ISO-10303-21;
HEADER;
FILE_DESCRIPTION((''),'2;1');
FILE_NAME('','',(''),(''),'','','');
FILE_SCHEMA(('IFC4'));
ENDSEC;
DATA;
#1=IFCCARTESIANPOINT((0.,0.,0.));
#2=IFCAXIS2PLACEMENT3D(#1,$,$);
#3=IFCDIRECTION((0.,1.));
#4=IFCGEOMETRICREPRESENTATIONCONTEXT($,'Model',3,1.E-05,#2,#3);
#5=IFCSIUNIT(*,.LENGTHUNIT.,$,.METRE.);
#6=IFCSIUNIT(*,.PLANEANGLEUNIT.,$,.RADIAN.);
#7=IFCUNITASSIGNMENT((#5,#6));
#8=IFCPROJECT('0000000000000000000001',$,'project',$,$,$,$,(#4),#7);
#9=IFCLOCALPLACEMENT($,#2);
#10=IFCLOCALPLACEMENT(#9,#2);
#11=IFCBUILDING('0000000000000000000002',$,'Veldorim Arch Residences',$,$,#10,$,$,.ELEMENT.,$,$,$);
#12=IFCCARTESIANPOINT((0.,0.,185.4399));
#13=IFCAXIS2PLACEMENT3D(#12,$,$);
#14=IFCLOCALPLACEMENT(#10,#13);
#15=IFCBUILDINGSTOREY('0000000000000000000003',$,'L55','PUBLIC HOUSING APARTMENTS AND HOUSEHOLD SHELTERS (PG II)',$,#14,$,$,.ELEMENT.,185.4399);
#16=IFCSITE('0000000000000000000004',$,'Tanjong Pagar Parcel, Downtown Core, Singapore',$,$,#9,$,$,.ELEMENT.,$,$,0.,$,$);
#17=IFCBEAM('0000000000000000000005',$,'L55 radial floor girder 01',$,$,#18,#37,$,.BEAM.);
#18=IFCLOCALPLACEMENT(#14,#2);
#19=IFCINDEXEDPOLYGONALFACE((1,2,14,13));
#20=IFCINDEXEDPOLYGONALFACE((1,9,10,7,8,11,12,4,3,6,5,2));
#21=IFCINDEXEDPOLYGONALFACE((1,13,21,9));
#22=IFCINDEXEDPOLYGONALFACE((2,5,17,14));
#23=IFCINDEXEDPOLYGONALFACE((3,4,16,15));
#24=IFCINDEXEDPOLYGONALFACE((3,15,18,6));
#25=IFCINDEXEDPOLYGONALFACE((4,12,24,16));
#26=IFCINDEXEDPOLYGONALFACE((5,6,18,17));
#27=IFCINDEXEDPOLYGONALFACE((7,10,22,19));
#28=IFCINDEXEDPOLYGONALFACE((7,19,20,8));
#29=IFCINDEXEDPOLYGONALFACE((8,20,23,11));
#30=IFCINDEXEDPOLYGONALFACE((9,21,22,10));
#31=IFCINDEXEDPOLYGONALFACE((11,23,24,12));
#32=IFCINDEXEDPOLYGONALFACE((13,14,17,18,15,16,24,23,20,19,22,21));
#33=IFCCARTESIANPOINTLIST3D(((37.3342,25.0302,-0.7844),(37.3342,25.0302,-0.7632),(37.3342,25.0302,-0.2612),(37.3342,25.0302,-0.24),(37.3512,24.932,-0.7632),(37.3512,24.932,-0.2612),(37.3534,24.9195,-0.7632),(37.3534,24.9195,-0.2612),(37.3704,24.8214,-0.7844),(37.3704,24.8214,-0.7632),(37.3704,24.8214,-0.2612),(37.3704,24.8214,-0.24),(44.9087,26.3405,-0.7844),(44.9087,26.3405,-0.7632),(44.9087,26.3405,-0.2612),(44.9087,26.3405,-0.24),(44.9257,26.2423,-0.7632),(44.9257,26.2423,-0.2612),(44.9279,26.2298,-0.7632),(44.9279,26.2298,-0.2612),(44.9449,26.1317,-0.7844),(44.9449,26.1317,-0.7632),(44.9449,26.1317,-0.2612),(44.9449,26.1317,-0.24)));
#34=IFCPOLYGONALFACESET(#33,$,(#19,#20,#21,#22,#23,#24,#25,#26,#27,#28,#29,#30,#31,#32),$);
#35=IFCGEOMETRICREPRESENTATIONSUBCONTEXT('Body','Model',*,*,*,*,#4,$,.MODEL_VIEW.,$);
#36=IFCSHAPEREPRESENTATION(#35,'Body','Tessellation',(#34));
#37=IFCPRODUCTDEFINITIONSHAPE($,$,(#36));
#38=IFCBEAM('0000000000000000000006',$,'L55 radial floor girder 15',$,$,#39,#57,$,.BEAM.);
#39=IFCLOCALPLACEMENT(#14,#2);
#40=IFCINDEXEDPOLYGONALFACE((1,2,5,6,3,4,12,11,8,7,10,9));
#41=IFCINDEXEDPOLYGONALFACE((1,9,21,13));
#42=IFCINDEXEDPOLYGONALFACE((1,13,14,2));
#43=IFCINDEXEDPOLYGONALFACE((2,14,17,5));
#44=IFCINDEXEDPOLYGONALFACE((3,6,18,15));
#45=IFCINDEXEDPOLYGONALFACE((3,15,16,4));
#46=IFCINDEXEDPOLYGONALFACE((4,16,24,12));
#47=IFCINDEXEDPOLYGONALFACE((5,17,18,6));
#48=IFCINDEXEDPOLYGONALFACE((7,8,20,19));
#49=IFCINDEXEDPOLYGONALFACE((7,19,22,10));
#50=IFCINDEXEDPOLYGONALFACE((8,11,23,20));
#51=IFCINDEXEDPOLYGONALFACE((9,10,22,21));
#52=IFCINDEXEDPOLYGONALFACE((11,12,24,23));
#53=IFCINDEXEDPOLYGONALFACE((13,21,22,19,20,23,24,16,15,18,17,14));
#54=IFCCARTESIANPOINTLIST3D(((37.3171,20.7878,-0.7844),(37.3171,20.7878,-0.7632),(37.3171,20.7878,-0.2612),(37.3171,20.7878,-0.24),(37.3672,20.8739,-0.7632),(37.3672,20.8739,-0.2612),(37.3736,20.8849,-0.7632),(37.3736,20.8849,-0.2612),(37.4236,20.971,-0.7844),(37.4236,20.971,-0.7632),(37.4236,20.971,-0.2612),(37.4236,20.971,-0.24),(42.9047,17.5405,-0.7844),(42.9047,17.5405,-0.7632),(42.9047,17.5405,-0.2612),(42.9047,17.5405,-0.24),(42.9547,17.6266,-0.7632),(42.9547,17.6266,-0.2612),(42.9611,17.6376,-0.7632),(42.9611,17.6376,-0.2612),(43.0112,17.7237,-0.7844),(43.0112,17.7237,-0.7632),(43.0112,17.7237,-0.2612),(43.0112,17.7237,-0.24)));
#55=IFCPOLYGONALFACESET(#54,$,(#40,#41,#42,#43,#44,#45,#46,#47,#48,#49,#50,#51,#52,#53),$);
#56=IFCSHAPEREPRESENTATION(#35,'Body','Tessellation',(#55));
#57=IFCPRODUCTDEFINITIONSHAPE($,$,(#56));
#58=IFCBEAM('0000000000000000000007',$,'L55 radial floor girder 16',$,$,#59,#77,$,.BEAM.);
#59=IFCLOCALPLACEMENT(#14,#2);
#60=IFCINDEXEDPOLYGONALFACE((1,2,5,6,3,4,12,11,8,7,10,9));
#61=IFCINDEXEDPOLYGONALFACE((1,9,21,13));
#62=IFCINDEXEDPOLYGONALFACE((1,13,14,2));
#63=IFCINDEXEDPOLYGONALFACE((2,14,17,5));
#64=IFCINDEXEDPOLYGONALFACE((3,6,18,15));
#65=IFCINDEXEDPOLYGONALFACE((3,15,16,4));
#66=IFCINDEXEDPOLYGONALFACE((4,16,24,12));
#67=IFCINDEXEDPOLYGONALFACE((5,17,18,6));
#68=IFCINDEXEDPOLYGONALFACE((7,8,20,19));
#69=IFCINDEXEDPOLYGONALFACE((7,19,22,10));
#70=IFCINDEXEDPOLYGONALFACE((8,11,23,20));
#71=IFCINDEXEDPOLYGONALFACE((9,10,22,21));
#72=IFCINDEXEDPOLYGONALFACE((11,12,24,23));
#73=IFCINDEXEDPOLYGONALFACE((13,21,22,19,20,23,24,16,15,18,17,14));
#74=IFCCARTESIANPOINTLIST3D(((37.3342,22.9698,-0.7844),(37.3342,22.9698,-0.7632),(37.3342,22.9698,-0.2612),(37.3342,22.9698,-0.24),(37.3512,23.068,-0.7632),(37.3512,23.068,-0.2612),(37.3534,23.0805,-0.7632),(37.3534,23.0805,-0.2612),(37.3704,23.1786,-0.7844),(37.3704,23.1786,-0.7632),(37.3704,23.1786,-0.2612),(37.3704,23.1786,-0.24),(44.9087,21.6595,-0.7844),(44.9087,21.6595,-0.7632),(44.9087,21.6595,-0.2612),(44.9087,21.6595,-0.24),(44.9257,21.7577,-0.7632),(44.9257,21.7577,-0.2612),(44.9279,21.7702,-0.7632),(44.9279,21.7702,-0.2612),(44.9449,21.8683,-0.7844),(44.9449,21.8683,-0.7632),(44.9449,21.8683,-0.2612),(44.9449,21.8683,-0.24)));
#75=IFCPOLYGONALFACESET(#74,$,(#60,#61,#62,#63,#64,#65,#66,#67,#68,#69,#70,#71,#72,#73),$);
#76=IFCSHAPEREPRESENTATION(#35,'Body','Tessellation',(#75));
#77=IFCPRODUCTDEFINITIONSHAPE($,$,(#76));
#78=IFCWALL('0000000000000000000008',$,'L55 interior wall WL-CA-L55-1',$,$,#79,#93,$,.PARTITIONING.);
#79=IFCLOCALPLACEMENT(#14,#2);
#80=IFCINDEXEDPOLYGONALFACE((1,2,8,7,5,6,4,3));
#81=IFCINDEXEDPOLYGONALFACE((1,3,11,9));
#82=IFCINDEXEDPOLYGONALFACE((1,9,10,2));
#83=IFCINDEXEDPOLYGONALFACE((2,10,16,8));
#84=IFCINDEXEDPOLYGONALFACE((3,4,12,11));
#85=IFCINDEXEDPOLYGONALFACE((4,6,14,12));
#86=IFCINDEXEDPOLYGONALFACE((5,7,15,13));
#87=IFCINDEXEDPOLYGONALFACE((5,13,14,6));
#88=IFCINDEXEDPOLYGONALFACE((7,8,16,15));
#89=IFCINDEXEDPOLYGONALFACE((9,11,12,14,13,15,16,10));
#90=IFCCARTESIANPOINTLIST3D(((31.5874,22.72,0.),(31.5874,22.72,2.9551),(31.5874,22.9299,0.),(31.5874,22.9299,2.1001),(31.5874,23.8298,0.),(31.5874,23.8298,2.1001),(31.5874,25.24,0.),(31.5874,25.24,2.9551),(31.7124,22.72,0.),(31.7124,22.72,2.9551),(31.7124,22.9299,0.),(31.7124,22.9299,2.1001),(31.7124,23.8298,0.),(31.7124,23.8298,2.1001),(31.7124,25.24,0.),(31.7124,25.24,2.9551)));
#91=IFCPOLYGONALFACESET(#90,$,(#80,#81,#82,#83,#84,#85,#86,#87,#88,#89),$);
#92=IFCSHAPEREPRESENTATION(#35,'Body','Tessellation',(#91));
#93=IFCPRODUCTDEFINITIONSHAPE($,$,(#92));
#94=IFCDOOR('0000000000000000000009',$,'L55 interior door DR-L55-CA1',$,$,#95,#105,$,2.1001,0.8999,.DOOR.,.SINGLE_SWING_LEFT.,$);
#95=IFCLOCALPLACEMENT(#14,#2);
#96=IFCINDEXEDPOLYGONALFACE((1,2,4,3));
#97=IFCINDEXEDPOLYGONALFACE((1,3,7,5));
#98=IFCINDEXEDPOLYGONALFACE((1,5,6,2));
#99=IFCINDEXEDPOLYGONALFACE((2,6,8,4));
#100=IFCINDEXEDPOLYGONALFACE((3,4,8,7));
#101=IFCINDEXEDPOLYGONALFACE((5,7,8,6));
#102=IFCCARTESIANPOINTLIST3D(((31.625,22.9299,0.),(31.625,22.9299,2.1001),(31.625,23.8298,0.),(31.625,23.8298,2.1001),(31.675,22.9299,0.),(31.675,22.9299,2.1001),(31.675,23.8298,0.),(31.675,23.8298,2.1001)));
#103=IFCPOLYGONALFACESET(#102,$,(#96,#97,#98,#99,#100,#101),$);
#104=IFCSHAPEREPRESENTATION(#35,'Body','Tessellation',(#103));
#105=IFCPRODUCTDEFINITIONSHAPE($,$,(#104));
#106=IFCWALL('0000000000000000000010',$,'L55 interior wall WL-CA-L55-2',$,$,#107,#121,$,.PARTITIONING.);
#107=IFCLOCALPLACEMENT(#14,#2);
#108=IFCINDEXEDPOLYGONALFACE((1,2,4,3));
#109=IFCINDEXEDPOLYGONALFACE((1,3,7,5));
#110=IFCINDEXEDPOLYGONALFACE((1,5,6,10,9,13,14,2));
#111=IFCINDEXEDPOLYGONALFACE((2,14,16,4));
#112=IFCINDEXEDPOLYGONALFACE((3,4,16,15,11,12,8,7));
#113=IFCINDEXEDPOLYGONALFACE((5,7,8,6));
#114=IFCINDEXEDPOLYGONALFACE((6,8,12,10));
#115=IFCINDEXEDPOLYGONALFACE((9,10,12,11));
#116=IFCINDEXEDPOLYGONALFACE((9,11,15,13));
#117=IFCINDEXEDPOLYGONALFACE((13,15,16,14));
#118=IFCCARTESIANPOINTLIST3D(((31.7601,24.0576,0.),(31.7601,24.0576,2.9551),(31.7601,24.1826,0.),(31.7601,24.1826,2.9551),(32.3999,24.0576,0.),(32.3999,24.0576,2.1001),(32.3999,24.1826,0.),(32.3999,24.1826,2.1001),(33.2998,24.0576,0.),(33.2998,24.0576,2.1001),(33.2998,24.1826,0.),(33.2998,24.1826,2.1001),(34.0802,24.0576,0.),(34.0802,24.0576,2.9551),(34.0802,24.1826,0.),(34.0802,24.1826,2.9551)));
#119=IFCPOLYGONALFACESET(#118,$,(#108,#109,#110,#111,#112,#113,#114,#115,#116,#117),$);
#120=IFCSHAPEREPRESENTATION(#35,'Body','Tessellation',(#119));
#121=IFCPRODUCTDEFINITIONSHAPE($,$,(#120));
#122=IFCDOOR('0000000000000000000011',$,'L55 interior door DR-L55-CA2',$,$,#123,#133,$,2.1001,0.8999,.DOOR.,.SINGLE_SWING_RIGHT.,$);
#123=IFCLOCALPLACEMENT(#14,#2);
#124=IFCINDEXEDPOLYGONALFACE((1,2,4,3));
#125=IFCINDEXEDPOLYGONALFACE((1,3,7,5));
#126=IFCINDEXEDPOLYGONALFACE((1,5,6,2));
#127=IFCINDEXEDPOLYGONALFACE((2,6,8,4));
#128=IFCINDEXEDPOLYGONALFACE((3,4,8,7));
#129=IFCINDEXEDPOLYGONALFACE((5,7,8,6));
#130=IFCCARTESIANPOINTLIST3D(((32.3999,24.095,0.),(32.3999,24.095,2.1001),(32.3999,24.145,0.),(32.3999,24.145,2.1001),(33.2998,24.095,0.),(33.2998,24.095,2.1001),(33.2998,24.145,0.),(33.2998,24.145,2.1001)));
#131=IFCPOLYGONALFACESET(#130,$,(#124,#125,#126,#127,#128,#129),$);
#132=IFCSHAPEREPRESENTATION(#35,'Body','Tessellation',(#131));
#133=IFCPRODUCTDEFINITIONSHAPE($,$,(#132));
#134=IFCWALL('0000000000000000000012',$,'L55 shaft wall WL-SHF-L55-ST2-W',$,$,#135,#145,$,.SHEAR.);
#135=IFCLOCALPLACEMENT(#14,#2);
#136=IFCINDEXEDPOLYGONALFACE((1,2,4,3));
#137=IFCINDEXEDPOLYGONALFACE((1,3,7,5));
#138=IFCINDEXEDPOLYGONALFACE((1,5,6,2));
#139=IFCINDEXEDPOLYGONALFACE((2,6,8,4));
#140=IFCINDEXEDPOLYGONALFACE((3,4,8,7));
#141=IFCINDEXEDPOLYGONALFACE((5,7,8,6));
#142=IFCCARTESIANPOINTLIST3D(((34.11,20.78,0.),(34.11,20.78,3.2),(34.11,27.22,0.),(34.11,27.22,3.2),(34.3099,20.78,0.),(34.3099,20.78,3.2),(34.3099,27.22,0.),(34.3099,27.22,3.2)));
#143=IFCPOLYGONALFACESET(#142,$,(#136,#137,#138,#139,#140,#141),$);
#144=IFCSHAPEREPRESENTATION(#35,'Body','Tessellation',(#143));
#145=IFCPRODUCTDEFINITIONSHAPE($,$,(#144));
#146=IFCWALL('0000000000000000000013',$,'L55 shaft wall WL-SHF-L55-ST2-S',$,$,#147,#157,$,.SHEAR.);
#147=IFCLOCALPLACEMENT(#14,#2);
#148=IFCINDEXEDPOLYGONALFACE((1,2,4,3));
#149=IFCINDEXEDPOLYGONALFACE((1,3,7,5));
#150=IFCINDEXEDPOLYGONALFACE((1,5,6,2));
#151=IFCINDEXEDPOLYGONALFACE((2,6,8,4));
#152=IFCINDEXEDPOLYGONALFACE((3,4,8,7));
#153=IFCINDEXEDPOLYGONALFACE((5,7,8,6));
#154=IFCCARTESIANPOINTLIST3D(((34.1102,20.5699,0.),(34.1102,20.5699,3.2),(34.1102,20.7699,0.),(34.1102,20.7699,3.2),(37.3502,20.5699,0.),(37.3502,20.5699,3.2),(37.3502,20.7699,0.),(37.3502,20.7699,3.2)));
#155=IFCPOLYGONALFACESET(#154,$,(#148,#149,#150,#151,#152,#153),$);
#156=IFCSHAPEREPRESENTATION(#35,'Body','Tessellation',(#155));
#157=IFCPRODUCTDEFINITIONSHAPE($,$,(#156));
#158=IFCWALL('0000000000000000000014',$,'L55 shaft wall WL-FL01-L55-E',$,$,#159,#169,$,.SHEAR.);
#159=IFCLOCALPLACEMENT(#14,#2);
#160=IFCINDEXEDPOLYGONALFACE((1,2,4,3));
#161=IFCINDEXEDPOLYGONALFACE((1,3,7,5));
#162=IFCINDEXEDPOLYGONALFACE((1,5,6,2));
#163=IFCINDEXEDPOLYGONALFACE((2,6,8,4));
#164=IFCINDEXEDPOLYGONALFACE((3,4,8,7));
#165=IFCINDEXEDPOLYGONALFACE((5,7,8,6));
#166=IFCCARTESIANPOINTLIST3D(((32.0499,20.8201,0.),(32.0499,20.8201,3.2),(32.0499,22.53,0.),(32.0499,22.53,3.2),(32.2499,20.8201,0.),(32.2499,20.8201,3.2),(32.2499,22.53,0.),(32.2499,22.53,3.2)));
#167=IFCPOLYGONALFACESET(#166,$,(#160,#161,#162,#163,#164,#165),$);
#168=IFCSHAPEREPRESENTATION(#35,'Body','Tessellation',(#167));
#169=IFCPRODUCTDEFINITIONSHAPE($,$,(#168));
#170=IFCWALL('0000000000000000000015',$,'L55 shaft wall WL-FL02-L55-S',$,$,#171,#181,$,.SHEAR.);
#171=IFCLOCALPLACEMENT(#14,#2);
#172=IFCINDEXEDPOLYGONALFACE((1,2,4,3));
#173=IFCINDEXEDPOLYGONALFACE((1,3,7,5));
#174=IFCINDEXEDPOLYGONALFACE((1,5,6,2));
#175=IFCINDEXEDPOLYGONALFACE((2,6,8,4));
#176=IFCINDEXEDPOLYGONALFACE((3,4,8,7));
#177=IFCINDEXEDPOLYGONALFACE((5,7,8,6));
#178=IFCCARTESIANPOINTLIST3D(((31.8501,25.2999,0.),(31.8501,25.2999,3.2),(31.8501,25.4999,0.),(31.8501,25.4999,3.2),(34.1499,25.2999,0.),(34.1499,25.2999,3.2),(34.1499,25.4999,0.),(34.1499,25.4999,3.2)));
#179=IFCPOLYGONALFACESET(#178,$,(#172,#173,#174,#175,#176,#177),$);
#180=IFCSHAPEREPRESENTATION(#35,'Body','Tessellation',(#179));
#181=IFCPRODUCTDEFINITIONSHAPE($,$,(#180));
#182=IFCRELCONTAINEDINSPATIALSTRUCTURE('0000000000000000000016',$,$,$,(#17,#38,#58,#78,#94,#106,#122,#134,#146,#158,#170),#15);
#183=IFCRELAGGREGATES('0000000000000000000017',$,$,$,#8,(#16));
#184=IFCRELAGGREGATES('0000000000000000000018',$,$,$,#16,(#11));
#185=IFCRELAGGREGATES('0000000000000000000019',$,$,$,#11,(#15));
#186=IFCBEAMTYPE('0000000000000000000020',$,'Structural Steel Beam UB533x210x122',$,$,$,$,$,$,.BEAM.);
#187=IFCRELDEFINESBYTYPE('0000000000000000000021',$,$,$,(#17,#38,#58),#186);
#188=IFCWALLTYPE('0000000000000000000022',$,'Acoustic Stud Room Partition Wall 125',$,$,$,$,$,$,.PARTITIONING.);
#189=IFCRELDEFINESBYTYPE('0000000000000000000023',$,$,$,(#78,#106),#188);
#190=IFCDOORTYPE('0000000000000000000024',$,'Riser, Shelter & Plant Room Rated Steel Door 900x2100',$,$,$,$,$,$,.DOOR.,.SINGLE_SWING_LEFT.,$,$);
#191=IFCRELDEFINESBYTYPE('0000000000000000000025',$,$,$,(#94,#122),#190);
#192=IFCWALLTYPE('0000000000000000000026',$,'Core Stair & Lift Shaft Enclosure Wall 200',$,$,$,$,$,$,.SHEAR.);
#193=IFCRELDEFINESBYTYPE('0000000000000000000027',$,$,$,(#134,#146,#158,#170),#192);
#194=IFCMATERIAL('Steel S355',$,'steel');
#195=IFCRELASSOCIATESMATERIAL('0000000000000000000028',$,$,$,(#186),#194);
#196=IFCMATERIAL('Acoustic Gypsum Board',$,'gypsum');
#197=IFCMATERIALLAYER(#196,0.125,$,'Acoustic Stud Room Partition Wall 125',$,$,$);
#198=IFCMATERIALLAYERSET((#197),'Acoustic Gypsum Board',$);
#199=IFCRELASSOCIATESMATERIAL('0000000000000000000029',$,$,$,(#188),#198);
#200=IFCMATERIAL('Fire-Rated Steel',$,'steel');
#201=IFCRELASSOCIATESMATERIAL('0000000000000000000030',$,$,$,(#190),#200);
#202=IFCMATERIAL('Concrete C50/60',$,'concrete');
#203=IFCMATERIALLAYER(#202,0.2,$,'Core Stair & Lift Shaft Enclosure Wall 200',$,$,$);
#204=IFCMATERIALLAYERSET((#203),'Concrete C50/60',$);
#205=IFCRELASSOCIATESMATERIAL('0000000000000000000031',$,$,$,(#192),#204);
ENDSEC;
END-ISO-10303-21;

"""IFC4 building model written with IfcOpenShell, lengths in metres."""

from ifc_helpers import new_model, si_unit, direction, frame, frame_2d, origin, origin_2d, place, context, subcontext, project, spatial, rectangle, i_section, extrude, material, layer, layer_set, material_profile, profile_set, type_object, element, fill, save


model = new_model("IFC4")

# Units and contexts
model_context = context("Model", 3, precision=1e-05, world=origin(), true_north=direction((0.0, 1.0)))
body_context = subcontext(model_context, "Body", "Model", "MODEL_VIEW")
ifc_project = project(units=[si_unit("LENGTHUNIT", "METRE"), si_unit("PLANEANGLEUNIT", "RADIAN")], contexts=[model_context])

# Site, building, storey
site_placement = place(None, origin())
site = spatial("IfcSite", under=ifc_project, at=site_placement, Name="Tanjong Pagar Parcel, Downtown Core, Singapore", CompositionType="ELEMENT", RefElevation=0.0)
building_placement = place(site_placement, origin())
building = spatial("IfcBuilding", under=site, at=building_placement, Name="Veldorim Arch Residences", CompositionType="ELEMENT")
storey_placement = place(building_placement, frame((0.0, 0.0, 185.4399)))
storey = spatial("IfcBuildingStorey", under=building, at=storey_placement, Name="L55", Description="PUBLIC HOUSING APARTMENTS AND HOUSEHOLD SHELTERS (PG II)", CompositionType="ELEMENT", Elevation=185.4399)

# Beams
ifc_material_1 = material(Name="Steel S355", Category="steel")
ifc_material_profile = material_profile(ifc_material_1, i_section(OverallWidth=0.2119, OverallDepth=0.5444, WebThickness=0.0127, FlangeThickness=0.0212, at=origin_2d()), Name="UB533x210x122")
ifc_profile_set = profile_set([ifc_material_profile], Name="Steel S355")
beam_type = type_object("IfcBeamType", Name="Structural Steel Beam UB533x210x122", PredefinedType="BEAM", material=ifc_profile_set)
beam_1_placement = place(storey_placement, frame((37.3523, 24.9258, -0.5122), z_axis=(0.985365, 0.170458, 0.0), x_axis=(-0.170458, 0.985365, 0.0)))
element("IfcBeam", 1, at=beam_1_placement, inside=storey, type_object=beam_type, Name="L55 radial floor girder 01", PredefinedType="BEAM", context=body_context, shape_type="SweptSolid", body=[
    extrude(i_section(OverallWidth=0.2119, OverallDepth=0.5444, WebThickness=0.0127, FlangeThickness=0.0212, at=origin_2d()), origin(), (0.0, 0.0, 1.0), 7.687),
])
beam_2_placement = place(storey_placement, frame((37.3704, 20.8794, -0.5122), z_axis=(0.864596, -0.502468, 0.0), x_axis=(0.502468, 0.864596, 0.0)))
element("IfcBeam", 2, at=beam_2_placement, inside=storey, type_object=beam_type, Name="L55 radial floor girder 15", PredefinedType="BEAM", context=body_context, shape_type="SweptSolid", body=[
    extrude(i_section(OverallWidth=0.2119, OverallDepth=0.5444, WebThickness=0.0127, FlangeThickness=0.0212, at=origin_2d()), origin(), (0.0, 0.0, 1.0), 6.4626),
])
beam_3_placement = place(storey_placement, frame((37.3523, 23.0742, -0.5122), z_axis=(0.985365, -0.170458, 0.0), x_axis=(0.170458, 0.985365, 0.0)))
element("IfcBeam", 3, at=beam_3_placement, inside=storey, type_object=beam_type, Name="L55 radial floor girder 16", PredefinedType="BEAM", context=body_context, shape_type="SweptSolid", body=[
    extrude(i_section(OverallWidth=0.2119, OverallDepth=0.5444, WebThickness=0.0127, FlangeThickness=0.0212, at=origin_2d()), origin(), (0.0, 0.0, 1.0), 7.687),
])

# Walls, openings, doors
ifc_material_2 = material(Name="Acoustic Gypsum Board", Category="gypsum")
ifc_layer_1 = layer(ifc_material_2, 0.125, Name="Acoustic Stud Room Partition Wall 125")
ifc_layer_set_1 = layer_set([ifc_layer_1], Name="Acoustic Gypsum Board")
wall_type_1 = type_object("IfcWallType", Name="Acoustic Stud Room Partition Wall 125", PredefinedType="PARTITIONING", material=ifc_layer_set_1)
wall_1_placement = place(storey_placement, frame((31.6499, 22.72, 0.0), z_axis=(0.0, 0.0, 1.0), x_axis=(0.0, 1.0, 0.0)))
wall_1 = element("IfcWall", 4, at=wall_1_placement, inside=storey, type_object=wall_type_1, Name="L55 interior wall WL-CA-L55-1", PredefinedType="PARTITIONING", context=body_context, shape_type="SweptSolid", body=[
    extrude(rectangle(XDim=2.52, YDim=0.125, at=frame_2d((1.26, 0.0))), origin(), (0.0, 0.0, 1.0), 2.9551),
])
opening_1_placement = place(wall_1_placement, frame((0.21, 0.0, 0.0)))
opening_1 = element("IfcOpeningElement", 5, at=opening_1_placement, cuts=wall_1, PredefinedType="OPENING", context=body_context, shape_type="SweptSolid", body=[
    extrude(rectangle(XDim=0.8999, YDim=2.1001, at=frame_2d((0.45, 1.05))), frame((0.0, 0.0725, 0.0), z_axis=(0.0, -1.0, 0.0), x_axis=(1.0, 0.0, 0.0)), (0.0, 0.0, 1.0), 0.145),
])
ifc_material_3 = material(Name="Fire-Rated Steel", Category="steel")
door_type = type_object("IfcDoorType", Name="Riser, Shelter & Plant Room Rated Steel Door 900x2100", OperationType="SINGLE_SWING_LEFT", PredefinedType="DOOR", material=ifc_material_3)
door_1_placement = place(opening_1_placement, origin())
door_1 = element("IfcDoor", 6, at=door_1_placement, inside=storey, type_object=door_type, Name="L55 interior door DR-L55-CA1", OperationType="SINGLE_SWING_LEFT", OverallHeight=2.1001, OverallWidth=0.8999, PredefinedType="DOOR", context=body_context, shape_type="SweptSolid", body=[
    extrude(rectangle(XDim=0.8999, YDim=2.1001, at=frame_2d((0.45, 1.05))), frame((0.0, 0.0249, 0.0), z_axis=(0.0, -1.0, 0.0), x_axis=(1.0, 0.0, 0.0)), (0.0, 0.0, 1.0), 0.05),
])
fill(opening_1, door_1)
wall_2_placement = place(storey_placement, frame((31.76, 24.1201, 0.0), z_axis=(0.0, 0.0, 1.0), x_axis=(1.0, 0.0, 0.0)))
wall_2 = element("IfcWall", 7, at=wall_2_placement, inside=storey, type_object=wall_type_1, Name="L55 interior wall WL-CA-L55-2", PredefinedType="PARTITIONING", context=body_context, shape_type="SweptSolid", body=[
    extrude(rectangle(XDim=2.3201, YDim=0.125, at=frame_2d((1.1602, 0.0))), origin(), (0.0, 0.0, 1.0), 2.9551),
])
opening_2_placement = place(wall_2_placement, frame((0.6399, 0.0, 0.0)))
opening_2 = element("IfcOpeningElement", 8, at=opening_2_placement, cuts=wall_2, PredefinedType="OPENING", context=body_context, shape_type="SweptSolid", body=[
    extrude(rectangle(XDim=0.8999, YDim=2.1001, at=frame_2d((0.45, 1.05))), frame((0.0, 0.0725, 0.0), z_axis=(0.0, -1.0, 0.0), x_axis=(1.0, 0.0, 0.0)), (0.0, 0.0, 1.0), 0.145),
])
door_2_placement = place(opening_2_placement, origin())
door_2 = element("IfcDoor", 9, at=door_2_placement, inside=storey, type_object=door_type, Name="L55 interior door DR-L55-CA2", OperationType="SINGLE_SWING_RIGHT", OverallHeight=2.1001, OverallWidth=0.8999, PredefinedType="DOOR", context=body_context, shape_type="SweptSolid", body=[
    extrude(rectangle(XDim=0.8999, YDim=2.1001, at=frame_2d((0.45, 1.05))), frame((0.0, 0.0249, 0.0), z_axis=(0.0, -1.0, 0.0), x_axis=(1.0, 0.0, 0.0)), (0.0, 0.0, 1.0), 0.05),
])
fill(opening_2, door_2)

# Walls
ifc_material_4 = material(Name="Concrete C50/60", Category="concrete")
ifc_layer_2 = layer(ifc_material_4, 0.2, Name="Core Stair & Lift Shaft Enclosure Wall 200")
ifc_layer_set_2 = layer_set([ifc_layer_2], Name="Concrete C50/60")
wall_type_2 = type_object("IfcWallType", Name="Core Stair & Lift Shaft Enclosure Wall 200", PredefinedType="SHEAR", material=ifc_layer_set_2)
wall_3_placement = place(storey_placement, frame((34.21, 20.78, 0.0), z_axis=(0.0, 0.0, 1.0), x_axis=(0.0, 1.0, 0.0)))
element("IfcWall", 10, at=wall_3_placement, inside=storey, type_object=wall_type_2, Name="L55 shaft wall WL-SHF-L55-ST2-W", PredefinedType="SHEAR", context=body_context, shape_type="SweptSolid", body=[
    extrude(rectangle(XDim=6.4399, YDim=0.2, at=frame_2d((3.22, 0.0))), origin(), (0.0, 0.0, 1.0), 3.2),
])
wall_4_placement = place(storey_placement, frame((34.1101, 20.6699, 0.0), z_axis=(0.0, 0.0, 1.0), x_axis=(1.0, 0.0, 0.0)))
element("IfcWall", 11, at=wall_4_placement, inside=storey, type_object=wall_type_2, Name="L55 shaft wall WL-SHF-L55-ST2-S", PredefinedType="SHEAR", context=body_context, shape_type="SweptSolid", body=[
    extrude(rectangle(XDim=3.24, YDim=0.2, at=frame_2d((1.6201, 0.0))), origin(), (0.0, 0.0, 1.0), 3.2),
])
wall_5_placement = place(storey_placement, frame((32.1499, 20.8201, 0.0), z_axis=(0.0, 0.0, 1.0), x_axis=(0.0, 1.0, 0.0)))
element("IfcWall", 12, at=wall_5_placement, inside=storey, type_object=wall_type_2, Name="L55 shaft wall WL-FL01-L55-E", PredefinedType="SHEAR", context=body_context, shape_type="SweptSolid", body=[
    extrude(rectangle(XDim=1.71, YDim=0.2, at=frame_2d((0.855, 0.0))), origin(), (0.0, 0.0, 1.0), 3.2),
])
wall_6_placement = place(storey_placement, frame((31.8501, 25.3999, 0.0), z_axis=(0.0, 0.0, 1.0), x_axis=(1.0, 0.0, 0.0)))
element("IfcWall", 13, at=wall_6_placement, inside=storey, type_object=wall_type_2, Name="L55 shaft wall WL-FL02-L55-S", PredefinedType="SHEAR", context=body_context, shape_type="SweptSolid", body=[
    extrude(rectangle(XDim=2.2998, YDim=0.2, at=frame_2d((1.1499, 0.0))), origin(), (0.0, 0.0, 1.0), 3.2),
])

save(model, "model.ifc")
